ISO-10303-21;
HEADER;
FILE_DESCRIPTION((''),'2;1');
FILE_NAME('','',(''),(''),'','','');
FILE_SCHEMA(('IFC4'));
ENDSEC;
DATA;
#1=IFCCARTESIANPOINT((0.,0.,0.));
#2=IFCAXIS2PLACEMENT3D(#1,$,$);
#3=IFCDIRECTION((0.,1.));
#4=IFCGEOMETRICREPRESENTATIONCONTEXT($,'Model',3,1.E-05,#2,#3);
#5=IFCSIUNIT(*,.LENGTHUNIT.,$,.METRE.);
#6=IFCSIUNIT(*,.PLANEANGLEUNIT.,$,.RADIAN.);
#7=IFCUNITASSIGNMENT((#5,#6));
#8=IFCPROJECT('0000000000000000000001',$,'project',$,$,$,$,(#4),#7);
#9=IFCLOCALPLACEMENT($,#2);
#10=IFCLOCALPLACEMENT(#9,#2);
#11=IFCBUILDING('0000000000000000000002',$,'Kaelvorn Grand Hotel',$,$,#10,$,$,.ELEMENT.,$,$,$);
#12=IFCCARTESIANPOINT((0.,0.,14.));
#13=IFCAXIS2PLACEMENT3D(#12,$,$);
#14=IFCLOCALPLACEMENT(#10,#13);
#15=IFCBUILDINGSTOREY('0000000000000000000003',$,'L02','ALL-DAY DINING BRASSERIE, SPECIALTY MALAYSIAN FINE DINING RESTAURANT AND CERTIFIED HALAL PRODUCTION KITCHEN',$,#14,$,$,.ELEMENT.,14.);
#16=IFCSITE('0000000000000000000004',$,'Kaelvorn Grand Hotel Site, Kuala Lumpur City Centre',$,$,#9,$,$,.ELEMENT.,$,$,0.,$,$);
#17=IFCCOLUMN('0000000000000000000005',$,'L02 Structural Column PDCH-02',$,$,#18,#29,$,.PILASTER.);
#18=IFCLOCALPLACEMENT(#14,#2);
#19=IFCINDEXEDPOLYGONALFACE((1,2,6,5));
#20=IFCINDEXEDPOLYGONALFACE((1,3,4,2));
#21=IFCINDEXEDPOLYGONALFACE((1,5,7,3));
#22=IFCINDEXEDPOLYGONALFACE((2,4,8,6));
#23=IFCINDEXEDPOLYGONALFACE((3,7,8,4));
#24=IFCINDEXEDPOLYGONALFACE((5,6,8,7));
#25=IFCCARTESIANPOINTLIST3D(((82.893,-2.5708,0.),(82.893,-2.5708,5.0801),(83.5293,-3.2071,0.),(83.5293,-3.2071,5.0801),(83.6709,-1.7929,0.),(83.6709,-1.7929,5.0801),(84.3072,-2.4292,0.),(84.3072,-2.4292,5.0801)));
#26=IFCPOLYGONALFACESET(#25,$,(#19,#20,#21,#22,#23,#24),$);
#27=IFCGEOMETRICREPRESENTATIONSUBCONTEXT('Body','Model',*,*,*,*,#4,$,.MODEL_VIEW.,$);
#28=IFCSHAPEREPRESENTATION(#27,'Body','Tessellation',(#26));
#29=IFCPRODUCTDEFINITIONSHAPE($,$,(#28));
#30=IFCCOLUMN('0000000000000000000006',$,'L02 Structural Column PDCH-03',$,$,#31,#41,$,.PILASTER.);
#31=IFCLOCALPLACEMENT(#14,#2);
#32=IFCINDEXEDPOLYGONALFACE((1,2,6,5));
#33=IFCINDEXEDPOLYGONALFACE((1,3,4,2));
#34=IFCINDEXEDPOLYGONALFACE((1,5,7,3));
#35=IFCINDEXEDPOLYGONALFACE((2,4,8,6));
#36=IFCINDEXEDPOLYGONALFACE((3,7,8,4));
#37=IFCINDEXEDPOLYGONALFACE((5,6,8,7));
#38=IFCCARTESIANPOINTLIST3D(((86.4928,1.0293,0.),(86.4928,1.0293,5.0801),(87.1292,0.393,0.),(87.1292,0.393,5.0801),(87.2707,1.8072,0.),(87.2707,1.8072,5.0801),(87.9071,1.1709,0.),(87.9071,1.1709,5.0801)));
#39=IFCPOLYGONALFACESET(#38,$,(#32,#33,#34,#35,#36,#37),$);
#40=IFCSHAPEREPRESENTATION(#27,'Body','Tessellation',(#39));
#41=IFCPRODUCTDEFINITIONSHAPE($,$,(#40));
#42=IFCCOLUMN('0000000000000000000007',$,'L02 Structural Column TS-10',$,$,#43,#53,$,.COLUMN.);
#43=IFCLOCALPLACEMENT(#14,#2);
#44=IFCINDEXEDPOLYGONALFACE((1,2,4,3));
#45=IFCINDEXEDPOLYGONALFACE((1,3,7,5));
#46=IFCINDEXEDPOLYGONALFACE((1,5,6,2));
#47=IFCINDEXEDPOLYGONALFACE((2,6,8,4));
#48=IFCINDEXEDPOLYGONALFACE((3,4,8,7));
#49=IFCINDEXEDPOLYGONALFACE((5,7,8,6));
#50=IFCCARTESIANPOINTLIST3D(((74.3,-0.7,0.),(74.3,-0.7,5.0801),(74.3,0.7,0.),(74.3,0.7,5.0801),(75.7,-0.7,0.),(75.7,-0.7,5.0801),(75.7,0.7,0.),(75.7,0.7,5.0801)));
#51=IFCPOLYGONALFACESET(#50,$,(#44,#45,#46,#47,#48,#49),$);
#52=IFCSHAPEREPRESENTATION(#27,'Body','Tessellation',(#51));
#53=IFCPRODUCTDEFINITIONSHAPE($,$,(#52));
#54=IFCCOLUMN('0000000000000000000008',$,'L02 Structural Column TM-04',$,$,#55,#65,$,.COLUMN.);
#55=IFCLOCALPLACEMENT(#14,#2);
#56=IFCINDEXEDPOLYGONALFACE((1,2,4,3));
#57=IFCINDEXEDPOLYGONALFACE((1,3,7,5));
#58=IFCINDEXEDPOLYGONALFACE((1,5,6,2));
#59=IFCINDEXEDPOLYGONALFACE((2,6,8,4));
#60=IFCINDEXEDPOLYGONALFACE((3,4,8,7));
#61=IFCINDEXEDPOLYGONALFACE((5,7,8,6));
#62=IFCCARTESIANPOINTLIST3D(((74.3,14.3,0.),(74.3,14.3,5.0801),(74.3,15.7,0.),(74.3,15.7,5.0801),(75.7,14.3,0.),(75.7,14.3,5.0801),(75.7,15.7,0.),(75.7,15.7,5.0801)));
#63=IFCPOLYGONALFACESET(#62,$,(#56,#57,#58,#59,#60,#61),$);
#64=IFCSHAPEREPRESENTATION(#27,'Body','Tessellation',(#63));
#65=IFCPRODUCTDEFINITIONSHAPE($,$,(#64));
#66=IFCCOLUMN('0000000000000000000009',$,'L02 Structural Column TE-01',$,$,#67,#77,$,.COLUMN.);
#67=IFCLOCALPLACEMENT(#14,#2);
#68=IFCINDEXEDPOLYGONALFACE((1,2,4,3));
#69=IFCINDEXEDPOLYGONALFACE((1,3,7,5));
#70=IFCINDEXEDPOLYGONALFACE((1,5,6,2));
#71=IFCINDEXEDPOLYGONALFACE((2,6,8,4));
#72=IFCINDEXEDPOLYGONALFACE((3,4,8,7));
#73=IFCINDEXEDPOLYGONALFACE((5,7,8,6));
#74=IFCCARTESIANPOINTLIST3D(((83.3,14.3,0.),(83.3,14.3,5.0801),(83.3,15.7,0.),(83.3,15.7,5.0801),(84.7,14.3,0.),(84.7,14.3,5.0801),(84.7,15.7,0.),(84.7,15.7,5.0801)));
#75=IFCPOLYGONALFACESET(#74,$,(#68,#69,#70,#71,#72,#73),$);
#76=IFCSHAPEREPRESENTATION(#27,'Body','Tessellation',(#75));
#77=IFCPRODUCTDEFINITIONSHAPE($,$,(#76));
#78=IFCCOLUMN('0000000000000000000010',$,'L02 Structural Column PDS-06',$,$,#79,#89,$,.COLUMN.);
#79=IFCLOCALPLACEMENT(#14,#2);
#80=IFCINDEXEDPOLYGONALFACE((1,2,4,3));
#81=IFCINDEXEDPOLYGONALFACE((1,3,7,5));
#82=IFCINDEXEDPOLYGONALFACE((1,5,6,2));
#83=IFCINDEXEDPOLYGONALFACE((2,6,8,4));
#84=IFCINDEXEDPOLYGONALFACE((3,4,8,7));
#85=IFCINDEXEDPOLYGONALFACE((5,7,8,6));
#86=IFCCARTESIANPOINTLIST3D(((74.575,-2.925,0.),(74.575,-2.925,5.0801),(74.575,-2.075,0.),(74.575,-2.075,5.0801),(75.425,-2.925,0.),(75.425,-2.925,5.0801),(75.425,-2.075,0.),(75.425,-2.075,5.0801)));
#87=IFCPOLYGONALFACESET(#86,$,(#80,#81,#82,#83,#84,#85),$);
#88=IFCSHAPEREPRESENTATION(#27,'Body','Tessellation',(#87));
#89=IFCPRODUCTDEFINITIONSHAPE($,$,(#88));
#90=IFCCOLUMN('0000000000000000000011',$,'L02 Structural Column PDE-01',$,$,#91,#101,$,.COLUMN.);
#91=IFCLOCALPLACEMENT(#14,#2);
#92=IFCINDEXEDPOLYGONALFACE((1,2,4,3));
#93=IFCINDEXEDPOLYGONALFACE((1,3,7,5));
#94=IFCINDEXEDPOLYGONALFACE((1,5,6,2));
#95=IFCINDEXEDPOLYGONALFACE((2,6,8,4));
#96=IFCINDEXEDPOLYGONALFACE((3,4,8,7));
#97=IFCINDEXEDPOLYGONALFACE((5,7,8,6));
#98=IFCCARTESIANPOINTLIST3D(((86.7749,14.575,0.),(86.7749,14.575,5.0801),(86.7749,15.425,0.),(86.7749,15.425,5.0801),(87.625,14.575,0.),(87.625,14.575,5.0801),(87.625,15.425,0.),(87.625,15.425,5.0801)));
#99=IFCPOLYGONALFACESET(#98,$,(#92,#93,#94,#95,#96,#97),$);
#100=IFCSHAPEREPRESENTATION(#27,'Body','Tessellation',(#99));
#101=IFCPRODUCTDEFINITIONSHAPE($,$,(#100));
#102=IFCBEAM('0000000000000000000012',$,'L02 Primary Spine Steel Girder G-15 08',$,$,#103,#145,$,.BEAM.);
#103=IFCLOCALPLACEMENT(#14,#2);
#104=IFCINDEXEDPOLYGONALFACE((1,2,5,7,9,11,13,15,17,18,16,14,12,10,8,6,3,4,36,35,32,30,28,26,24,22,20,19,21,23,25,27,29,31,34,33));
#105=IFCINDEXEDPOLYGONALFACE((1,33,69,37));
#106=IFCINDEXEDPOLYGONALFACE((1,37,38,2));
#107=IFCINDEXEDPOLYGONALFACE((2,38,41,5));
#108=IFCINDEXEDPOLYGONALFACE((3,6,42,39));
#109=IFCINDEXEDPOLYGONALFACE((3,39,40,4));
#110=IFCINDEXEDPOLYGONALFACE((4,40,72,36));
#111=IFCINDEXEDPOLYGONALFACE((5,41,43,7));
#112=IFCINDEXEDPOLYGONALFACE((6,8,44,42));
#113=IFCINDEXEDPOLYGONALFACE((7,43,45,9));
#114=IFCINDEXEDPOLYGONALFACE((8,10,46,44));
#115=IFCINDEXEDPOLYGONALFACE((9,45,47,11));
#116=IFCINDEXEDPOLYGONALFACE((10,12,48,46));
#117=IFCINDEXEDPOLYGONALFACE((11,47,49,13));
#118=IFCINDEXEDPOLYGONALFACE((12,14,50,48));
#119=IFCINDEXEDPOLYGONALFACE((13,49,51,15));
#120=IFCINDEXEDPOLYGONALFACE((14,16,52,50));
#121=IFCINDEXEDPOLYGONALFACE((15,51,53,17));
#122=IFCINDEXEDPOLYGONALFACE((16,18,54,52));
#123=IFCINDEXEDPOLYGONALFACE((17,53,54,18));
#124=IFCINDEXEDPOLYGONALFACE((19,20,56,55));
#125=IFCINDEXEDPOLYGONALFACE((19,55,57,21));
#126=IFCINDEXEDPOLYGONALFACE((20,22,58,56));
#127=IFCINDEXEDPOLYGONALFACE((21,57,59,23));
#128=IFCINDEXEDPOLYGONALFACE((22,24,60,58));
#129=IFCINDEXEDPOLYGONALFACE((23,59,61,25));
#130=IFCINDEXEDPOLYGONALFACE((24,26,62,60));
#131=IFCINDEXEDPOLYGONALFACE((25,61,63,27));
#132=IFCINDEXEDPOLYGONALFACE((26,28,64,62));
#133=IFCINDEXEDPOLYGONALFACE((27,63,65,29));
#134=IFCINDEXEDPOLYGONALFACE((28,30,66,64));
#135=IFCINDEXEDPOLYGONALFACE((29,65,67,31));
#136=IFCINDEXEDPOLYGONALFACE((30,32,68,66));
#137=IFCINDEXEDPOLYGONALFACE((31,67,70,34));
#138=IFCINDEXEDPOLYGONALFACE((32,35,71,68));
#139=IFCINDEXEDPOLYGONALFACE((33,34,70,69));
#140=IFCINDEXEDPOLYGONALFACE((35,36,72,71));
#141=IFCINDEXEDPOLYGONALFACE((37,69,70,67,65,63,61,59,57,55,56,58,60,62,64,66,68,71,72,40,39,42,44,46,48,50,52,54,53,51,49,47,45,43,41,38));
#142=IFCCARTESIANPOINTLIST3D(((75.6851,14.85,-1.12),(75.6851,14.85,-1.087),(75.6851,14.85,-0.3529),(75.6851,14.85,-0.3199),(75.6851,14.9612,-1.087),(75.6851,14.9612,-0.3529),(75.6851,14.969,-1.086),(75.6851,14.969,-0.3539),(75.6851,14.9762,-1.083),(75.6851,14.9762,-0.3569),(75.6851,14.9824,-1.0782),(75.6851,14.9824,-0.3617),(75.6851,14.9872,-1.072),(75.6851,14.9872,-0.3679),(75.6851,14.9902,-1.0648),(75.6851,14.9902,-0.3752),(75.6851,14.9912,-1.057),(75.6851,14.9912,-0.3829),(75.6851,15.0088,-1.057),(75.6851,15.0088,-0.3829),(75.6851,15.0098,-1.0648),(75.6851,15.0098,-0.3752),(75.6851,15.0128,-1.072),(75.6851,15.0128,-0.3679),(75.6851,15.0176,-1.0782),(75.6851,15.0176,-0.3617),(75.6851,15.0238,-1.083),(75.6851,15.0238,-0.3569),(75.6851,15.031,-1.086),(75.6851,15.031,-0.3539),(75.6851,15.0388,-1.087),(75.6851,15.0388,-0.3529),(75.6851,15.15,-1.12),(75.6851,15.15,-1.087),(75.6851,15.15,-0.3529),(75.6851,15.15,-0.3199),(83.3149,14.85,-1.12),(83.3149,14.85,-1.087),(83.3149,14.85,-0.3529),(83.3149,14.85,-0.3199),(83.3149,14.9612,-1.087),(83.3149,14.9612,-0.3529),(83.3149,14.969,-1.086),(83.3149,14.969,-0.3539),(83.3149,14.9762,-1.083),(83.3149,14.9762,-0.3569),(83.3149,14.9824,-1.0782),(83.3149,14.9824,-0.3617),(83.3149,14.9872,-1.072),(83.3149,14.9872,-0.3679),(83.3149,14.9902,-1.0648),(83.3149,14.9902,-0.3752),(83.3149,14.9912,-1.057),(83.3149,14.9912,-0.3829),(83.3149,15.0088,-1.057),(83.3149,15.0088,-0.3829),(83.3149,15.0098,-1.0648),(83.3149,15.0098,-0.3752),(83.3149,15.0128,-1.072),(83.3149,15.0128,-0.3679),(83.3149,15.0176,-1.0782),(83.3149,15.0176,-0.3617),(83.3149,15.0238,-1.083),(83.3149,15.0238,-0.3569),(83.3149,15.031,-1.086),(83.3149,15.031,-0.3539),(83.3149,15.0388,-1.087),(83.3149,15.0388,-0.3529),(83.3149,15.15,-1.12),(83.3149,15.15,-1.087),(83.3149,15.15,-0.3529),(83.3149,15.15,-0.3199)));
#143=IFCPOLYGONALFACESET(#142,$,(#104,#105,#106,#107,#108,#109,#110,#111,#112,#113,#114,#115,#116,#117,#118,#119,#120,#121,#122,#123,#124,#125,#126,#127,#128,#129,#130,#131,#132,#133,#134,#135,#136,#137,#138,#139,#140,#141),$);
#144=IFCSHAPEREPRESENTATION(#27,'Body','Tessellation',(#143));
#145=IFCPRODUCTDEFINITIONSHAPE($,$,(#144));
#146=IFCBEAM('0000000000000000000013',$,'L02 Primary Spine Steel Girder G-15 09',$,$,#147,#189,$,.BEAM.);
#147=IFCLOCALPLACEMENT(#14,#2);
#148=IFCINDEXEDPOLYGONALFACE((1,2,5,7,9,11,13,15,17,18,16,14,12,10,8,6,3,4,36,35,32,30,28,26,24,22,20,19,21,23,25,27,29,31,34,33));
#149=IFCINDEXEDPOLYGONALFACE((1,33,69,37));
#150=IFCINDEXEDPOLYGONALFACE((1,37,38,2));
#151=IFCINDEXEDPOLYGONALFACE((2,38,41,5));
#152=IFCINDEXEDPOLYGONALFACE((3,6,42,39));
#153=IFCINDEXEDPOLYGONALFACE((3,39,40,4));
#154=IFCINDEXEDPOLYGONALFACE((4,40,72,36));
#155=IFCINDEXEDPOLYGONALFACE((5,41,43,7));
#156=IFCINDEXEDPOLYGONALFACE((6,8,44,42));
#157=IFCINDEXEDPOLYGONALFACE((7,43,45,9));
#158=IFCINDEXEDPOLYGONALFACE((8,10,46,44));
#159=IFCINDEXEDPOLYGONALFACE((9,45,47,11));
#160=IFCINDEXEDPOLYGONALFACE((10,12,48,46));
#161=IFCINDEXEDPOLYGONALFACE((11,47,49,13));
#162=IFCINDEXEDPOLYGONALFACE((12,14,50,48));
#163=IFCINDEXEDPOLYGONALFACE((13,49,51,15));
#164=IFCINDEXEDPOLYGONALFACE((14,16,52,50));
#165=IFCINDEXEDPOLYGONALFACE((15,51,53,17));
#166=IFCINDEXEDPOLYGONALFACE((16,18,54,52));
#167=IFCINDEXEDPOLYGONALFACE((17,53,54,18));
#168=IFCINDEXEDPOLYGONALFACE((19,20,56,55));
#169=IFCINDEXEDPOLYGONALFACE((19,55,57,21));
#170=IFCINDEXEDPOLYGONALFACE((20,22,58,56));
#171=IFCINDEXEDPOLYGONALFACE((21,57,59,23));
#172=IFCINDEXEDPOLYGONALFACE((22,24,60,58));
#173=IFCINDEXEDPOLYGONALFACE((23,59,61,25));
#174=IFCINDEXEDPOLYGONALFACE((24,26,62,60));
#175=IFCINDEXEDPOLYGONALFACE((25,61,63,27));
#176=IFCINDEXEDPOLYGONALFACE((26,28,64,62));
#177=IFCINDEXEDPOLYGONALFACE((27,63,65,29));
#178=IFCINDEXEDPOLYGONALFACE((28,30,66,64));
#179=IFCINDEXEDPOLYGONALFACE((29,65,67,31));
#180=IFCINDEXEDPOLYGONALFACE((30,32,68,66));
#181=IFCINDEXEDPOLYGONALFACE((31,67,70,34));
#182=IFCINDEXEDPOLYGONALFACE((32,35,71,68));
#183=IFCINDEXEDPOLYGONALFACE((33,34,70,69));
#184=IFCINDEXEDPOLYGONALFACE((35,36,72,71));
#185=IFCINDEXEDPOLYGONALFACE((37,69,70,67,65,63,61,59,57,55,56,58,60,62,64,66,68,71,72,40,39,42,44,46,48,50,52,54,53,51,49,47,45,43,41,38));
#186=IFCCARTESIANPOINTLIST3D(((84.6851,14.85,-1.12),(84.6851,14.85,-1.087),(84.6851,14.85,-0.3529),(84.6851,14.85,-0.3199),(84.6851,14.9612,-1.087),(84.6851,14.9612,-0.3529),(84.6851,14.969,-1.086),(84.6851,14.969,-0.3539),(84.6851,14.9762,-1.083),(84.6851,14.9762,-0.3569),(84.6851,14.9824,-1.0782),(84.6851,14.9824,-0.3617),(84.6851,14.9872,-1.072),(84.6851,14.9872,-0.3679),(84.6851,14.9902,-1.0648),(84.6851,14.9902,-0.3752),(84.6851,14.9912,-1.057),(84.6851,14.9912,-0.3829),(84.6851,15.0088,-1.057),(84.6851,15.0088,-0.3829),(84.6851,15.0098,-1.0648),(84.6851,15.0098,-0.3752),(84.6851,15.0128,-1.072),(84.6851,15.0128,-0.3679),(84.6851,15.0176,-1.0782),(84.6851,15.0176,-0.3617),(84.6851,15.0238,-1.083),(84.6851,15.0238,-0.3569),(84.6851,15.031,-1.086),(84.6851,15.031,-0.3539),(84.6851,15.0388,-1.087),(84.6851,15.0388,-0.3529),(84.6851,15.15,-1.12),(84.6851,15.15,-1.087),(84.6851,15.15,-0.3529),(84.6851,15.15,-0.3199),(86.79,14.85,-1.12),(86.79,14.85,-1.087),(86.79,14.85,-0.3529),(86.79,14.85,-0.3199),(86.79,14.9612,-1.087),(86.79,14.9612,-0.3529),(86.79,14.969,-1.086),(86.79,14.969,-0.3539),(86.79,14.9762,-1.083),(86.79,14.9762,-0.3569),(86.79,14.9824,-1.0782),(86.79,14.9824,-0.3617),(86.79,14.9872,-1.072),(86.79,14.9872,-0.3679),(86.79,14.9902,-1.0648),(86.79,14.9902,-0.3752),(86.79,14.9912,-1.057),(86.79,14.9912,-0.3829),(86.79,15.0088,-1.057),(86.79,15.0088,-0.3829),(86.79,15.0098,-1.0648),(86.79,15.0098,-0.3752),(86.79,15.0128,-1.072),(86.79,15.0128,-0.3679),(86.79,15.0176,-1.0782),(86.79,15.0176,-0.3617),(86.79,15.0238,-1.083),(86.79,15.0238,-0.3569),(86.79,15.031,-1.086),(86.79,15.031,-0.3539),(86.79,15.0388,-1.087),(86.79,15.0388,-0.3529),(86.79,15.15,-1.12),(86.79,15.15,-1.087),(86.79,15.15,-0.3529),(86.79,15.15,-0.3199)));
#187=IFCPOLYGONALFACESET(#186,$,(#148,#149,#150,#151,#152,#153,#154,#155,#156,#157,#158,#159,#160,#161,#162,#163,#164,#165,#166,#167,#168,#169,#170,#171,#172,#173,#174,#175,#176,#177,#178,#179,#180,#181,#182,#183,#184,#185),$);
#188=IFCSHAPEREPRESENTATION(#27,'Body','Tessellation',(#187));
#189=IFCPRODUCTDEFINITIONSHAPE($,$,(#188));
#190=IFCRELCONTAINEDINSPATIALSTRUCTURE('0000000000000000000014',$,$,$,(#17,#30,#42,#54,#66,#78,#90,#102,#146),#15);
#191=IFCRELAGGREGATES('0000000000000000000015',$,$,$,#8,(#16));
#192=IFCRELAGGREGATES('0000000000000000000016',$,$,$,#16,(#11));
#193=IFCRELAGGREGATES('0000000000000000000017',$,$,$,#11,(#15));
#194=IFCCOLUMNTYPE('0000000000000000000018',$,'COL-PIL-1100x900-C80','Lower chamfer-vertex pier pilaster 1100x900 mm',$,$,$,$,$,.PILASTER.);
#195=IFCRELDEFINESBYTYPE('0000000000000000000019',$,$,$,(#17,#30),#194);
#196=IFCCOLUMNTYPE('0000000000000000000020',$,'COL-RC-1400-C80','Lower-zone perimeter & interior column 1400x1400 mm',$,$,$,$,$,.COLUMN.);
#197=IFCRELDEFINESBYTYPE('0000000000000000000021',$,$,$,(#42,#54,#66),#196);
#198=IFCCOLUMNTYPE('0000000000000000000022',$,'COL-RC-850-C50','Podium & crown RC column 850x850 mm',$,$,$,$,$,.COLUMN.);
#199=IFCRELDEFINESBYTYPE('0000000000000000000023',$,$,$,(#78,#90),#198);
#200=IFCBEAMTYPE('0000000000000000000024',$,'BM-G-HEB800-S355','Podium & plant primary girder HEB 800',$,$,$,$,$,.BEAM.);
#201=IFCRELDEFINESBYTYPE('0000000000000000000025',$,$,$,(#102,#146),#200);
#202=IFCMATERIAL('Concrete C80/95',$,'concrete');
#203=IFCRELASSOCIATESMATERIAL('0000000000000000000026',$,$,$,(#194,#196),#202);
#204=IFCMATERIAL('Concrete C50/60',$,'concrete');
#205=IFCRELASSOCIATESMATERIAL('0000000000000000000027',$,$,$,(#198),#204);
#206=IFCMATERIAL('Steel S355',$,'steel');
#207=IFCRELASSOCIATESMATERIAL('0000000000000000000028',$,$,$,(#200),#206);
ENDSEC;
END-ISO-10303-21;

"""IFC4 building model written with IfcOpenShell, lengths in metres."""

from ifc_helpers import new_model, si_unit, direction, frame, origin, origin_2d, place, context, subcontext, project, spatial, rectangle, i_section, extrude, material, material_profile, profile_set, type_object, element, save


model = new_model("IFC4")

# Units and contexts
model_context = context("Model", 3, precision=1e-05, world=origin(), true_north=direction((0.0, 1.0)))
body_context = subcontext(model_context, "Body", "Model", "MODEL_VIEW")
ifc_project = project(units=[si_unit("LENGTHUNIT", "METRE"), si_unit("PLANEANGLEUNIT", "RADIAN")], contexts=[model_context])

# Site, building, storey
site_placement = place(None, origin())
site = spatial("IfcSite", under=ifc_project, at=site_placement, Name="Kaelvorn Grand Hotel Site, Kuala Lumpur City Centre", CompositionType="ELEMENT", RefElevation=0.0)
building_placement = place(site_placement, origin())
building = spatial("IfcBuilding", under=site, at=building_placement, Name="Kaelvorn Grand Hotel", CompositionType="ELEMENT")
storey_placement = place(building_placement, frame((0.0, 0.0, 14.0)))
storey = spatial("IfcBuildingStorey", under=building, at=storey_placement, Name="L02", Description="ALL-DAY DINING BRASSERIE, SPECIALTY MALAYSIAN FINE DINING RESTAURANT AND CERTIFIED HALAL PRODUCTION KITCHEN", CompositionType="ELEMENT", Elevation=14.0)

# Columns
ifc_material_1 = material(Name="Concrete C80/95", Category="concrete")
ifc_material_profile_1 = material_profile(ifc_material_1, rectangle(XDim=1.1001, YDim=0.8999, at=origin_2d()), Name="RC PILASTER 1100x900")
ifc_profile_set_1 = profile_set([ifc_material_profile_1], Name="Concrete C80/95")
column_type_1 = type_object("IfcColumnType", Name="COL-PIL-1100x900-C80", Description="Lower chamfer-vertex pier pilaster 1100x900 mm", PredefinedType="PILASTER", material=ifc_profile_set_1)
for number, where, z_axis, x_axis, name in (
    (1, (83.6001, -2.5, 0.0), (0.0, 0.0, 1.0), (0.707107, 0.707107, 0.0), "L02 Structural Column PDCH-02"),
    (2, (87.2, 1.1001, 0.0), (0.0, 0.0, 1.0), (0.707107, 0.707107, 0.0), "L02 Structural Column PDCH-03"),
):
    element("IfcColumn", number, at=place(storey_placement, frame(where, z_axis=z_axis, x_axis=x_axis)), inside=storey, type_object=column_type_1, Name=name, PredefinedType="PILASTER", context=body_context, shape_type="SweptSolid", body=[
        extrude(rectangle(XDim=1.1001, YDim=0.8999, at=origin_2d()), origin(), (0.0, 0.0, 1.0), 5.0801),
    ])
ifc_material_profile_2 = material_profile(ifc_material_1, rectangle(XDim=1.3999, YDim=1.3999, at=origin_2d()), Name="RC COL 1400x1400")
ifc_profile_set_2 = profile_set([ifc_material_profile_2], Name="Concrete C80/95")
column_type_2 = type_object("IfcColumnType", Name="COL-RC-1400-C80", Description="Lower-zone perimeter & interior column 1400x1400 mm", PredefinedType="COLUMN", material=ifc_profile_set_2)
for number, where, z_axis, x_axis, name in (
    (3, (75.0, 0.0, 0.0), (0.0, 0.0, 1.0), (1.0, 0.0, 0.0), "L02 Structural Column TS-10"),
    (4, (75.0, 15.0, 0.0), (0.0, 0.0, 1.0), (1.0, 0.0, 0.0), "L02 Structural Column TM-04"),
    (5, (84.0, 15.0, 0.0), (0.0, 0.0, 1.0), (1.0, 0.0, 0.0), "L02 Structural Column TE-01"),
):
    element("IfcColumn", number, at=place(storey_placement, frame(where, z_axis=z_axis, x_axis=x_axis)), inside=storey, type_object=column_type_2, Name=name, PredefinedType="COLUMN", context=body_context, shape_type="SweptSolid", body=[
        extrude(rectangle(XDim=1.3999, YDim=1.3999, at=origin_2d()), origin(), (0.0, 0.0, 1.0), 5.0801),
    ])
ifc_material_2 = material(Name="Concrete C50/60", Category="concrete")
ifc_material_profile_3 = material_profile(ifc_material_2, rectangle(XDim=0.8501, YDim=0.8501, at=origin_2d()), Name="RC COL 850x850")
ifc_profile_set_3 = profile_set([ifc_material_profile_3], Name="Concrete C50/60")
column_type_3 = type_object("IfcColumnType", Name="COL-RC-850-C50", Description="Podium & crown RC column 850x850 mm", PredefinedType="COLUMN", material=ifc_profile_set_3)
for number, where, z_axis, x_axis, name in (
    (6, (75.0, -2.5, 0.0), (0.0, 0.0, 1.0), (1.0, 0.0, 0.0), "L02 Structural Column PDS-06"),
    (7, (87.2, 15.0, 0.0), (0.0, 0.0, 1.0), (1.0, 0.0, 0.0), "L02 Structural Column PDE-01"),
):
    element("IfcColumn", number, at=place(storey_placement, frame(where, z_axis=z_axis, x_axis=x_axis)), inside=storey, type_object=column_type_3, Name=name, PredefinedType="COLUMN", context=body_context, shape_type="SweptSolid", body=[
        extrude(rectangle(XDim=0.8501, YDim=0.8501, at=origin_2d()), origin(), (0.0, 0.0, 1.0), 5.0801),
    ])

# Beams
ifc_material_3 = material(Name="Steel S355", Category="steel")
ifc_material_profile_4 = material_profile(ifc_material_3, i_section(OverallWidth=0.3, OverallDepth=0.8, WebThickness=0.0176, FlangeThickness=0.033, FilletRadius=0.03, at=origin_2d()), Name="HEB 800")
ifc_profile_set_4 = profile_set([ifc_material_profile_4], Name="Steel S355")
beam_type_1 = type_object("IfcBeamType", Name="BM-G-HEB800-S355", Description="Podium & plant primary girder HEB 800", PredefinedType="BEAM", material=ifc_profile_set_4)
beam_1_placement = place(storey_placement, frame((75.6851, 15.0, -0.72), z_axis=(1.0, 0.0, 0.0), x_axis=(0.0, 1.0, 0.0)))
element("IfcBeam", 8, at=beam_1_placement, inside=storey, type_object=beam_type_1, Name="L02 Primary Spine Steel Girder G-15 08", PredefinedType="BEAM", context=body_context, shape_type="SweptSolid", body=[
    extrude(i_section(OverallWidth=0.3, OverallDepth=0.8, WebThickness=0.0176, FlangeThickness=0.033, FilletRadius=0.03, at=origin_2d()), origin(), (0.0, 0.0, 1.0), 7.6299),
])
beam_2_placement = place(storey_placement, frame((84.6851, 15.0, -0.72), z_axis=(1.0, 0.0, 0.0), x_axis=(0.0, 1.0, 0.0)))
element("IfcBeam", 9, at=beam_2_placement, inside=storey, type_object=beam_type_1, Name="L02 Primary Spine Steel Girder G-15 09", PredefinedType="BEAM", context=body_context, shape_type="SweptSolid", body=[
    extrude(i_section(OverallWidth=0.3, OverallDepth=0.8, WebThickness=0.0176, FlangeThickness=0.033, FilletRadius=0.03, at=origin_2d()), origin(), (0.0, 0.0, 1.0), 2.105),
])

save(model, "model.ifc")
